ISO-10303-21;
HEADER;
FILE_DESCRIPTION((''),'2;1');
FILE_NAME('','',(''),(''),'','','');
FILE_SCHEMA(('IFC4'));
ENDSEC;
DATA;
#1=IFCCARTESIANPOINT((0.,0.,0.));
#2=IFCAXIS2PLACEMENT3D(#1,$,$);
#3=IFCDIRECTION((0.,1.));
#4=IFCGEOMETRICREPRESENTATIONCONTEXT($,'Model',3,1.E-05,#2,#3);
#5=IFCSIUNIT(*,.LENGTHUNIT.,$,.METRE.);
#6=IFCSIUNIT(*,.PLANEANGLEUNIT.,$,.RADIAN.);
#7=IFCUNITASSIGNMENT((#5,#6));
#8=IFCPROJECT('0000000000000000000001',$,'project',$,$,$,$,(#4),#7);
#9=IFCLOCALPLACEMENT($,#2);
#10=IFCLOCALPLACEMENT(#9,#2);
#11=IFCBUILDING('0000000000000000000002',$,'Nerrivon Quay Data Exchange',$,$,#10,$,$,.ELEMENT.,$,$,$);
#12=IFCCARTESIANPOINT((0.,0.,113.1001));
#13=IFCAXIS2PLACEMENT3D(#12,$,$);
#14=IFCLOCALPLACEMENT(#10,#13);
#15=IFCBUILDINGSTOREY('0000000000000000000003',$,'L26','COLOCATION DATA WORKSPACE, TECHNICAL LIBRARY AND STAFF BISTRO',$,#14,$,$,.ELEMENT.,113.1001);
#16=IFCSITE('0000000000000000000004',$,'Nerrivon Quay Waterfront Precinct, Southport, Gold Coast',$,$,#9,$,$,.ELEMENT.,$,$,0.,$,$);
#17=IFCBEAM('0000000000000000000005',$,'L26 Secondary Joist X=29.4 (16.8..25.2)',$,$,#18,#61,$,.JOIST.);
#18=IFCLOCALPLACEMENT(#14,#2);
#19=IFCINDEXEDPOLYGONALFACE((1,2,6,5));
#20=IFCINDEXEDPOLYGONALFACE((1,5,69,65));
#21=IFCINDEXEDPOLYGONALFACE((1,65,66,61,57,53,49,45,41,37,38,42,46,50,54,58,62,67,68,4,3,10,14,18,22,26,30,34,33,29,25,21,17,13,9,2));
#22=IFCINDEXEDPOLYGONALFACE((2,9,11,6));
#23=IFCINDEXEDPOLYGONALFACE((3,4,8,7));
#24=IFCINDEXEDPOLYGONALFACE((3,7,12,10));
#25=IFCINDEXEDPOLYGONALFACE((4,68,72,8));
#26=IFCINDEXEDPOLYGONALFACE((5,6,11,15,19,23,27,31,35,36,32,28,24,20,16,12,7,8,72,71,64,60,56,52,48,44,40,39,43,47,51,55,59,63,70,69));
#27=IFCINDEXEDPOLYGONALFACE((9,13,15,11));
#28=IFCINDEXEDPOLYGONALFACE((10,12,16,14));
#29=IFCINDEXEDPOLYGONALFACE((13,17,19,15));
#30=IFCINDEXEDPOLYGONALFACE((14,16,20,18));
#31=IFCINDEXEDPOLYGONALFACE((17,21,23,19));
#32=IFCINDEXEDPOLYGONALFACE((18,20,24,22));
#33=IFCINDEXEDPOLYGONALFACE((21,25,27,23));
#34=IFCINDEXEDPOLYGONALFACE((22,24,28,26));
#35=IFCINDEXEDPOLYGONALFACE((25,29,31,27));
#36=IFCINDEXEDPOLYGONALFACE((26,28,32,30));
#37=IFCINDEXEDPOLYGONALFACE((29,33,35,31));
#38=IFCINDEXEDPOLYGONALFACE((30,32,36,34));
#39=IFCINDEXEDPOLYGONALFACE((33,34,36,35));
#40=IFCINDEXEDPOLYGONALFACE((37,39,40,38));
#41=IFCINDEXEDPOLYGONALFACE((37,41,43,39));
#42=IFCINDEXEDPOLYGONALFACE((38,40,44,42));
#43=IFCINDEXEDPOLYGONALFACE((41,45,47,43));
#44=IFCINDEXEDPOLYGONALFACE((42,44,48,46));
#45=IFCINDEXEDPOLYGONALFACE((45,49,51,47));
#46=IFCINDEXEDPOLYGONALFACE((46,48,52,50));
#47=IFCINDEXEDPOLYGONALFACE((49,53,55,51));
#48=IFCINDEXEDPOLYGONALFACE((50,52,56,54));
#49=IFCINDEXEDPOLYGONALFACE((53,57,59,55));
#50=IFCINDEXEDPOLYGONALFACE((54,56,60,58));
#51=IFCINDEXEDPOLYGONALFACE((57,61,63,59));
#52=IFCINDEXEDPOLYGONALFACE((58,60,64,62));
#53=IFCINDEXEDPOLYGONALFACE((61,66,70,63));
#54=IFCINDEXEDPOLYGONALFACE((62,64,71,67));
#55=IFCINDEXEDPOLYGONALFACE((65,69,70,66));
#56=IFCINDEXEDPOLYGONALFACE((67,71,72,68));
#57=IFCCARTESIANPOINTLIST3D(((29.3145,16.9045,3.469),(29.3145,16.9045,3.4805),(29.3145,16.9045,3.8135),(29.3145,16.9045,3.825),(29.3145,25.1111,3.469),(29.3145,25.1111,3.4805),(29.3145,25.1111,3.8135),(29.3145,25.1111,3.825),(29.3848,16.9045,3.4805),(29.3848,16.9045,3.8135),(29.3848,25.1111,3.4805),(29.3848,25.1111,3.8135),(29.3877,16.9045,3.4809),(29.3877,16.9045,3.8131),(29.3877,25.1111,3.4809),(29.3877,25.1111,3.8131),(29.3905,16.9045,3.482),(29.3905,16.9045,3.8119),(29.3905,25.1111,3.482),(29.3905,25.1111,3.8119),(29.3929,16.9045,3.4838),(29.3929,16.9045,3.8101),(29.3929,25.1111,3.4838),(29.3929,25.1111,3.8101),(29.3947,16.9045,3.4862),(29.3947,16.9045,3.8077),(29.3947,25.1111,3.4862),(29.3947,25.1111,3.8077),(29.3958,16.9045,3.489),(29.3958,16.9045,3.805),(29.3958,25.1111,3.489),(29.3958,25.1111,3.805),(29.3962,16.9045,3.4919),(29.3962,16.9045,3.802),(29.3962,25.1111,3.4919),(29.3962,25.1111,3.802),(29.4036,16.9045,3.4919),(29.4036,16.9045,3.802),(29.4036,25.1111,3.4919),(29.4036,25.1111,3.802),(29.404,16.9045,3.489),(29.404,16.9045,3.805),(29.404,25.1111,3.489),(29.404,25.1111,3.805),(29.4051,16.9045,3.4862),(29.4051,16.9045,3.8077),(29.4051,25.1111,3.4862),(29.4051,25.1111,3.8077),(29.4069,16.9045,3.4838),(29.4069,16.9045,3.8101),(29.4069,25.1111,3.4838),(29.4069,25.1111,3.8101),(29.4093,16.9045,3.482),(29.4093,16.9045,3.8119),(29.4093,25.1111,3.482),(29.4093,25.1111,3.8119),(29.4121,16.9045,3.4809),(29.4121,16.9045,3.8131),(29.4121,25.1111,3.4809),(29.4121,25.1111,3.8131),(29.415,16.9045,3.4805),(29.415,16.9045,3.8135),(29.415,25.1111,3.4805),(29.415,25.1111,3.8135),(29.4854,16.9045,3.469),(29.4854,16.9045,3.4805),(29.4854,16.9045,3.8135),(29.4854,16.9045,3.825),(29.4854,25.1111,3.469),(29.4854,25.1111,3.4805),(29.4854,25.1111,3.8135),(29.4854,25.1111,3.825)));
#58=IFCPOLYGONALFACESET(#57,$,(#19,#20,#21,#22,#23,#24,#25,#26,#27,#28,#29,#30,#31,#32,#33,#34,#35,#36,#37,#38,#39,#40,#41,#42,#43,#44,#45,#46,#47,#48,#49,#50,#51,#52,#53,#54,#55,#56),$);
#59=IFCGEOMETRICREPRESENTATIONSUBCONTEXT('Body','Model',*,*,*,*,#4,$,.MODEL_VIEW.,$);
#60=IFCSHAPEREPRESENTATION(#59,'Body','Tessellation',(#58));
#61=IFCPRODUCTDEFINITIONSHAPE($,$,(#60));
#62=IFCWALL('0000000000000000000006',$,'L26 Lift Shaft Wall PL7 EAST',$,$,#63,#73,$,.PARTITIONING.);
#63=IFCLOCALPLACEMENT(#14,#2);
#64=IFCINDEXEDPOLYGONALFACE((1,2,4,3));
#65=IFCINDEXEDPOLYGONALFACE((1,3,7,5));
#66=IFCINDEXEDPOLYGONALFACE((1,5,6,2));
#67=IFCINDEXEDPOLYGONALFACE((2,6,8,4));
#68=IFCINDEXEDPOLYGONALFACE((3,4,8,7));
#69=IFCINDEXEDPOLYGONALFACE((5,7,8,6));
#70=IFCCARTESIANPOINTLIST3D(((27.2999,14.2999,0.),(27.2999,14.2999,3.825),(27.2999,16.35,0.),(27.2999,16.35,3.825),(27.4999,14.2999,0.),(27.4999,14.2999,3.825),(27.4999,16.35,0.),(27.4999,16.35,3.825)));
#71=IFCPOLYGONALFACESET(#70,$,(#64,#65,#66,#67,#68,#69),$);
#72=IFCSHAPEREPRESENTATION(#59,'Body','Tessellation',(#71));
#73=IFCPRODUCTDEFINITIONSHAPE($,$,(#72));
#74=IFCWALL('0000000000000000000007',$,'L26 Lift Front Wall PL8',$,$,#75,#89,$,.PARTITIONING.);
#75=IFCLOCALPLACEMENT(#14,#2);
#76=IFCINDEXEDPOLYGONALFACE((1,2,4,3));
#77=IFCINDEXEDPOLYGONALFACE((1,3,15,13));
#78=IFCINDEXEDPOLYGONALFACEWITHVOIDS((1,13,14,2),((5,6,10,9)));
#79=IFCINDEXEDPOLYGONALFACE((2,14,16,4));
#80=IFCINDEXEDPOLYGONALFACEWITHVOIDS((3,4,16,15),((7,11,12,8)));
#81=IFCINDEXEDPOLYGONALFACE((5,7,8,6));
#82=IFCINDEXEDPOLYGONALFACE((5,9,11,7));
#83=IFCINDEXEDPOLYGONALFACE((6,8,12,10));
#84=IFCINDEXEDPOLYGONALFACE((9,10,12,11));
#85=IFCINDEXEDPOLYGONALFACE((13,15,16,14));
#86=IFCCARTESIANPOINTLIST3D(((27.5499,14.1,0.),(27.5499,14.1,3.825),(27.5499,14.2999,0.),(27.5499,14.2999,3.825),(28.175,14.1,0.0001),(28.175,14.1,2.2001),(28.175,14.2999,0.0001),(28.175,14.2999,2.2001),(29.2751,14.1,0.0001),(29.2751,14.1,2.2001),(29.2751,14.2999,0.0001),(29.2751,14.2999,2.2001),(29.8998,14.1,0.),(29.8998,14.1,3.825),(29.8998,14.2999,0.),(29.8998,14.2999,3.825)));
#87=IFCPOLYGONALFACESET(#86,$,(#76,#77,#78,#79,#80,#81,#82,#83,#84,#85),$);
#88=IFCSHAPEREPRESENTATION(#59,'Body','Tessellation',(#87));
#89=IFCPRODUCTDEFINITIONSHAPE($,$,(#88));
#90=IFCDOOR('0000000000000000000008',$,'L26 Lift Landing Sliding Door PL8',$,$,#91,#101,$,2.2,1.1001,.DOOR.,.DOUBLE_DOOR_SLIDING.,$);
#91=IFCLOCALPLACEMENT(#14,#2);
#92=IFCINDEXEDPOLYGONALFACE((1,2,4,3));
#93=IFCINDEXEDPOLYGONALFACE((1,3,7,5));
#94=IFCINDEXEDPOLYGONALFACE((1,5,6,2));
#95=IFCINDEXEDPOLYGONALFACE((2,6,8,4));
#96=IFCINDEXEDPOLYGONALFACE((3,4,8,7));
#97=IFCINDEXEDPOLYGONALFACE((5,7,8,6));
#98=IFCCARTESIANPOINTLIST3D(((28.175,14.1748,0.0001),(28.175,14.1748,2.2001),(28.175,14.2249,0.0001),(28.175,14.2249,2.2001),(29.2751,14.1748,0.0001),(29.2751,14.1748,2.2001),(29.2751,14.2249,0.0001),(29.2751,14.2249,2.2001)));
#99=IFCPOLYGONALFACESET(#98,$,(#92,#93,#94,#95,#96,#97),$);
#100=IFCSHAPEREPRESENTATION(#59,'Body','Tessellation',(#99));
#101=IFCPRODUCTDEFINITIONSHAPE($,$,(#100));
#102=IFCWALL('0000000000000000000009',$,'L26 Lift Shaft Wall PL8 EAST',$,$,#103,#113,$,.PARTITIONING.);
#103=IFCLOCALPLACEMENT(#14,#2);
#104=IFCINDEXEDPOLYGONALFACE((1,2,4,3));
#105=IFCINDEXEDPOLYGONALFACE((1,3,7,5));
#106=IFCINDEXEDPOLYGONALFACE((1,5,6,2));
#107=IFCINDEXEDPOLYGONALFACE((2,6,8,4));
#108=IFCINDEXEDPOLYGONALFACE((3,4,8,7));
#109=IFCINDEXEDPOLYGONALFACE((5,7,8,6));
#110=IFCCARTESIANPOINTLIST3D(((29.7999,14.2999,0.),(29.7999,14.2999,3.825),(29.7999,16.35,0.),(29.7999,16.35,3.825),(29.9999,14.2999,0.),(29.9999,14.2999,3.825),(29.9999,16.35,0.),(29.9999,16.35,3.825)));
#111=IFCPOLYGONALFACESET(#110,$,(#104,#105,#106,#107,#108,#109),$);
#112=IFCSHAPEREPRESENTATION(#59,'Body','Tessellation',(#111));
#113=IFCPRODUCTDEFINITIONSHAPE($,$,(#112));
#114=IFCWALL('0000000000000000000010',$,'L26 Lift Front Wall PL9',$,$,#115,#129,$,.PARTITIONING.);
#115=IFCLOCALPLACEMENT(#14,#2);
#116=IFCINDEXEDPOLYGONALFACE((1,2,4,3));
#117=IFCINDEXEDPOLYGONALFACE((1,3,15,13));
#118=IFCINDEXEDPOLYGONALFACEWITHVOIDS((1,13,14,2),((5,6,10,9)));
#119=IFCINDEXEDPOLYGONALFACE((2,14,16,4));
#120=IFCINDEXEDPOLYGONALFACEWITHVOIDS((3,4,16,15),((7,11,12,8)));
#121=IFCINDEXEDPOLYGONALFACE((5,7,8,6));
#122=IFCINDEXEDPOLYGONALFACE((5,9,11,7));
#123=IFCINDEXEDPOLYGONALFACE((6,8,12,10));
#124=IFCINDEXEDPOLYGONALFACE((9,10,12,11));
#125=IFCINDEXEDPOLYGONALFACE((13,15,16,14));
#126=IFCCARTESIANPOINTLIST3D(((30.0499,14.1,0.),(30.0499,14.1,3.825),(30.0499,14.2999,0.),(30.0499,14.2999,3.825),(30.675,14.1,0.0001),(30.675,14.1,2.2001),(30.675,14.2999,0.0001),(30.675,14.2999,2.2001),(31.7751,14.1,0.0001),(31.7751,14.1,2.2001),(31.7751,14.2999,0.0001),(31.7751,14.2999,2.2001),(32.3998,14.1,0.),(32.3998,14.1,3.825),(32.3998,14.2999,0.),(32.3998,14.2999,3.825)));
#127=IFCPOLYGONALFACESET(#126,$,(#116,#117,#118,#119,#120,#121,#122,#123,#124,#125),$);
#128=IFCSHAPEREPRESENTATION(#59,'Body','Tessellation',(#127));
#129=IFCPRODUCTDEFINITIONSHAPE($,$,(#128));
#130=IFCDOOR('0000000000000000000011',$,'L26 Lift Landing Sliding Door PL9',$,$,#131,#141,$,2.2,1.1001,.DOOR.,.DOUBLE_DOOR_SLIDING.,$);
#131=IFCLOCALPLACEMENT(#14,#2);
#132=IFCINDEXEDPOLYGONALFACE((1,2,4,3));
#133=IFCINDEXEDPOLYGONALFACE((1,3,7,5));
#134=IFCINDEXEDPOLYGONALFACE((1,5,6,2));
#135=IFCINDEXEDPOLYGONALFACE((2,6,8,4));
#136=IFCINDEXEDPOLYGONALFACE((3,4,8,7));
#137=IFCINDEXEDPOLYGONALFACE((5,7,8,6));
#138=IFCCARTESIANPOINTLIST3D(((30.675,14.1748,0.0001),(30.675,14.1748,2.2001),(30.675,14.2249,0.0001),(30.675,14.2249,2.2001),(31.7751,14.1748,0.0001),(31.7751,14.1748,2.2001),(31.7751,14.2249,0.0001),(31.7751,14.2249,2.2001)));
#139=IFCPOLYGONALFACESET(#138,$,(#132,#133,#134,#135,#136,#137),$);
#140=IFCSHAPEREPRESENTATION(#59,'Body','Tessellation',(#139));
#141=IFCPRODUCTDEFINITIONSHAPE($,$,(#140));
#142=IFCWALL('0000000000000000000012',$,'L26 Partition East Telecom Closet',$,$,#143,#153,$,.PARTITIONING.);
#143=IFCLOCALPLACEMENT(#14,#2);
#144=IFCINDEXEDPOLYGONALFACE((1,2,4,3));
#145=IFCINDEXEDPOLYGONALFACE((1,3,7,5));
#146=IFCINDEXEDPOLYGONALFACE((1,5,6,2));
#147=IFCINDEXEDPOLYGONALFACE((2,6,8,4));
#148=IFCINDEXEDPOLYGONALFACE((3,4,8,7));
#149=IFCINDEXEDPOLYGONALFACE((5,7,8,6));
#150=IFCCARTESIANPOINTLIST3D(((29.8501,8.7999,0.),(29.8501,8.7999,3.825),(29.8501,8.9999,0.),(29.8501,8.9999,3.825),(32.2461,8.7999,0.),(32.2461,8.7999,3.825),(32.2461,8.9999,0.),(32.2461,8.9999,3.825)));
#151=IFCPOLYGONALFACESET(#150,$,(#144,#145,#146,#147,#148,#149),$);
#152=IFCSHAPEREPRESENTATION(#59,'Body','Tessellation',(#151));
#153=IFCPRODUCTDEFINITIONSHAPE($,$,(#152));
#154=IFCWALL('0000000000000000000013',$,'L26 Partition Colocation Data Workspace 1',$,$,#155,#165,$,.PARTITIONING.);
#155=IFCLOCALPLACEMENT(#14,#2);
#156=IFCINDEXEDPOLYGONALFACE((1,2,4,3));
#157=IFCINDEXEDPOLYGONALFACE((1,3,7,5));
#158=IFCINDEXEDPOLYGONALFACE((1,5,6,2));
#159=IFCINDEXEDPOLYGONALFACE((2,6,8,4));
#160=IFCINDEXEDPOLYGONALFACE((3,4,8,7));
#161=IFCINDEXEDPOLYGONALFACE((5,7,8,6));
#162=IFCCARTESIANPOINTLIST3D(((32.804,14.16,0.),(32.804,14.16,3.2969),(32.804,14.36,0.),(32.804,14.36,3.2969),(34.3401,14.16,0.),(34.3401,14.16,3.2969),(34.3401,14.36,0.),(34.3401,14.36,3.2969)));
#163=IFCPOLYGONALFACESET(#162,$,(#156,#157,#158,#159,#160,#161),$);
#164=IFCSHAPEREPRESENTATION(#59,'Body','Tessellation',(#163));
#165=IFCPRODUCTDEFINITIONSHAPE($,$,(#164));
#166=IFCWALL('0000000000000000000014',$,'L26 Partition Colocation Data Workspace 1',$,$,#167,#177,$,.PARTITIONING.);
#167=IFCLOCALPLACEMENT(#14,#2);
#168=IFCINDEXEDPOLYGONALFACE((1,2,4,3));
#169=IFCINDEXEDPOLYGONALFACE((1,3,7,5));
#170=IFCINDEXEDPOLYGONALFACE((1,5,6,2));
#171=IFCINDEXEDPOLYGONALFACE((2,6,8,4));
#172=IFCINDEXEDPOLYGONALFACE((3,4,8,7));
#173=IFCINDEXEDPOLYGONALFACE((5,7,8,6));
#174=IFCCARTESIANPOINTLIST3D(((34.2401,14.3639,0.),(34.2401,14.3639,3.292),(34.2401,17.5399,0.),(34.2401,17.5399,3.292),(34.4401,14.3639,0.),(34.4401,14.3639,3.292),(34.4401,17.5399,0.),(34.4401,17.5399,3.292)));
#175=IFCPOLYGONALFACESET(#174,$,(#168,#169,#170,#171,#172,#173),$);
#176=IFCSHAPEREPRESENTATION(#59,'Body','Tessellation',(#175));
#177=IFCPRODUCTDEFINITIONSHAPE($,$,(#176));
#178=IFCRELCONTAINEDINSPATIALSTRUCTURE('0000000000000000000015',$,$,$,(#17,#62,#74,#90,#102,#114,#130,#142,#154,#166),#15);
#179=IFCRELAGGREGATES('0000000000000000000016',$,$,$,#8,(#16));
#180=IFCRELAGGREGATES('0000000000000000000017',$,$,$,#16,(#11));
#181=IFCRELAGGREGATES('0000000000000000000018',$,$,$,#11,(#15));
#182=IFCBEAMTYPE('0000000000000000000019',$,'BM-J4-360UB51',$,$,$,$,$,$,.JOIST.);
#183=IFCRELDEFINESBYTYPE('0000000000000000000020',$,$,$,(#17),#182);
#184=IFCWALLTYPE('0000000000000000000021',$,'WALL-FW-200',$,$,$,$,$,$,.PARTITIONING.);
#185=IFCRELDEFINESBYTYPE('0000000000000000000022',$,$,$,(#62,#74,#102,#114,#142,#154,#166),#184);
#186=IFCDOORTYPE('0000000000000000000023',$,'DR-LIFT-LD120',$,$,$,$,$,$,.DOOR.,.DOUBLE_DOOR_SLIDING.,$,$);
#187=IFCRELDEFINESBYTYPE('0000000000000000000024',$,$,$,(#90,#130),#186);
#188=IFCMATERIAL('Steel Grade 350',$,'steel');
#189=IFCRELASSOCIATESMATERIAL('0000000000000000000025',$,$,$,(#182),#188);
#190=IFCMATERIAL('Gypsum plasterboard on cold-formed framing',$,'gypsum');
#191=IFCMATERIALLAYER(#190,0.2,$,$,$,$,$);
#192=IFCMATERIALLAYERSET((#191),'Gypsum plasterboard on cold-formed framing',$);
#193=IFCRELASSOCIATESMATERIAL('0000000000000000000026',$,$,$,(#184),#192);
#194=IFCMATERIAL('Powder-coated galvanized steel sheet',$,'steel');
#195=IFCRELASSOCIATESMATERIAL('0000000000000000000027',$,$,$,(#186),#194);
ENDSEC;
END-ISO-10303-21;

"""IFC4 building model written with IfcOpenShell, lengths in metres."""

from ifc_helpers import new_model, si_unit, direction, frame, frame_2d, origin, origin_2d, place, context, subcontext, project, spatial, rectangle, i_section, extrude, material, layer, layer_set, material_profile, profile_set, type_object, element, fill, save


model = new_model("IFC4")

# Units and contexts
model_context = context("Model", 3, precision=1e-05, world=origin(), true_north=direction((0.0, 1.0)))
body_context = subcontext(model_context, "Body", "Model", "MODEL_VIEW")
ifc_project = project(units=[si_unit("LENGTHUNIT", "METRE"), si_unit("PLANEANGLEUNIT", "RADIAN")], contexts=[model_context])

# Site, building, storey
site_placement = place(None, origin())
site = spatial("IfcSite", under=ifc_project, at=site_placement, Name="Nerrivon Quay Waterfront Precinct, Southport, Gold Coast", CompositionType="ELEMENT", RefElevation=0.0)
building_placement = place(site_placement, origin())
building = spatial("IfcBuilding", under=site, at=building_placement, Name="Nerrivon Quay Data Exchange", CompositionType="ELEMENT")
storey_placement = place(building_placement, frame((0.0, 0.0, 113.1001)))
storey = spatial("IfcBuildingStorey", under=building, at=storey_placement, Name="L26", Description="COLOCATION DATA WORKSPACE, TECHNICAL LIBRARY AND STAFF BISTRO", CompositionType="ELEMENT", Elevation=113.1001)

# Beam
ifc_material_1 = material(Name="Steel Grade 350", Category="steel")
ifc_material_profile_1 = material_profile(ifc_material_1, i_section(OverallWidth=0.1709, OverallDepth=0.356, WebThickness=0.0073, FlangeThickness=0.0115, FilletRadius=0.0115, at=origin_2d()), Name="360UB50.7")
ifc_profile_set_1 = profile_set([ifc_material_profile_1], Name="Steel Grade 350")
beam_type_1 = type_object("IfcBeamType", Name="BM-J4-360UB51", PredefinedType="JOIST", material=ifc_profile_set_1)
beam_1_placement = place(storey_placement, frame((29.3999, 16.9045, 3.647), z_axis=(0.0, 1.0, 0.0), x_axis=(-1.0, 0.0, 0.0)))
element("IfcBeam", 1, at=beam_1_placement, inside=storey, type_object=beam_type_1, Name="L26 Secondary Joist X=29.4 (16.8..25.2)", PredefinedType="JOIST", context=body_context, shape_type="SweptSolid", body=[
    extrude(i_section(OverallWidth=0.1709, OverallDepth=0.356, WebThickness=0.0073, FlangeThickness=0.0115, FilletRadius=0.0115, at=origin_2d()), origin(), (0.0, 0.0, 1.0), 8.2065),
])

# Shared definitions
ifc_material_2 = material(Name="Powder-coated galvanized steel sheet", Category="steel")

# Wall
ifc_material_3 = material(Name="Gypsum plasterboard on cold-formed framing", Category="gypsum")
ifc_layer_1 = layer(ifc_material_3, 0.2)
ifc_layer_set_1 = layer_set([ifc_layer_1], Name="Gypsum plasterboard on cold-formed framing")
wall_type_1 = type_object("IfcWallType", Name="WALL-FW-200", PredefinedType="PARTITIONING", material=ifc_layer_set_1)
wall_1_placement = place(storey_placement, frame((27.3999, 14.3, 0.0), z_axis=(0.0, 0.0, 1.0), x_axis=(0.0, 1.0, 0.0)))
element("IfcWall", 2, at=wall_1_placement, inside=storey, type_object=wall_type_1, Name="L26 Lift Shaft Wall PL7 EAST", PredefinedType="PARTITIONING", context=body_context, shape_type="SweptSolid", body=[
    extrude(rectangle(XDim=2.05, YDim=0.2, at=frame_2d((1.0249, 0.0))), origin(), (0.0, 0.0, 1.0), 3.825),
])

# Wall, opening, door
wall_2_placement = place(storey_placement, frame((27.55, 14.2, 0.0), z_axis=(0.0, 0.0, 1.0), x_axis=(1.0, 0.0, 0.0)))
wall_2 = element("IfcWall", 3, at=wall_2_placement, inside=storey, type_object=wall_type_1, Name="L26 Lift Front Wall PL8", PredefinedType="PARTITIONING", context=body_context, shape_type="SweptSolid", body=[
    extrude(rectangle(XDim=2.3499, YDim=0.2, at=frame_2d((1.1748, 0.0))), origin(), (0.0, 0.0, 1.0), 3.825),
])
opening_1_placement = place(wall_2_placement, frame((0.625, 0.0, 0.0)))
opening_1 = element("IfcOpeningElement", 4, at=opening_1_placement, cuts=wall_2, PredefinedType="OPENING", context=body_context, shape_type="SweptSolid", body=[
    extrude(rectangle(XDim=1.1001, YDim=2.2, at=frame_2d((0.55, 1.1001))), frame((0.0, 0.1099, 0.0), z_axis=(0.0, -1.0, 0.0), x_axis=(1.0, 0.0, 0.0)), (0.0, 0.0, 1.0), 0.22),
])
door_type_1 = type_object("IfcDoorType", Name="DR-LIFT-LD120", OperationType="DOUBLE_DOOR_SLIDING", PredefinedType="DOOR", material=ifc_material_2)
door_1_placement = place(opening_1_placement, origin())
door_1 = element("IfcDoor", 5, at=door_1_placement, inside=storey, type_object=door_type_1, Name="L26 Lift Landing Sliding Door PL8", OperationType="DOUBLE_DOOR_SLIDING", OverallHeight=2.2, OverallWidth=1.1001, PredefinedType="DOOR", context=body_context, shape_type="SweptSolid", body=[
    extrude(rectangle(XDim=1.1001, YDim=2.2, at=frame_2d((0.55, 1.1001))), frame((0.0, 0.0249, 0.0), z_axis=(0.0, -1.0, 0.0), x_axis=(1.0, 0.0, 0.0)), (0.0, 0.0, 1.0), 0.05),
])
fill(opening_1, door_1)

# Wall
wall_3_placement = place(storey_placement, frame((29.8999, 14.3, 0.0), z_axis=(0.0, 0.0, 1.0), x_axis=(0.0, 1.0, 0.0)))
element("IfcWall", 6, at=wall_3_placement, inside=storey, type_object=wall_type_1, Name="L26 Lift Shaft Wall PL8 EAST", PredefinedType="PARTITIONING", context=body_context, shape_type="SweptSolid", body=[
    extrude(rectangle(XDim=2.05, YDim=0.2, at=frame_2d((1.0249, 0.0))), origin(), (0.0, 0.0, 1.0), 3.825),
])

# Wall, opening, door
wall_4_placement = place(storey_placement, frame((30.05, 14.2, 0.0), z_axis=(0.0, 0.0, 1.0), x_axis=(1.0, 0.0, 0.0)))
wall_4 = element("IfcWall", 7, at=wall_4_placement, inside=storey, type_object=wall_type_1, Name="L26 Lift Front Wall PL9", PredefinedType="PARTITIONING", context=body_context, shape_type="SweptSolid", body=[
    extrude(rectangle(XDim=2.3499, YDim=0.2, at=frame_2d((1.1748, 0.0))), origin(), (0.0, 0.0, 1.0), 3.825),
])
opening_2_placement = place(wall_4_placement, frame((0.625, 0.0, 0.0)))
opening_2 = element("IfcOpeningElement", 8, at=opening_2_placement, cuts=wall_4, PredefinedType="OPENING", context=body_context, shape_type="SweptSolid", body=[
    extrude(rectangle(XDim=1.1001, YDim=2.2, at=frame_2d((0.55, 1.1001))), frame((0.0, 0.1099, 0.0), z_axis=(0.0, -1.0, 0.0), x_axis=(1.0, 0.0, 0.0)), (0.0, 0.0, 1.0), 0.22),
])
door_2_placement = place(opening_2_placement, origin())
door_2 = element("IfcDoor", 9, at=door_2_placement, inside=storey, type_object=door_type_1, Name="L26 Lift Landing Sliding Door PL9", OperationType="DOUBLE_DOOR_SLIDING", OverallHeight=2.2, OverallWidth=1.1001, PredefinedType="DOOR", context=body_context, shape_type="SweptSolid", body=[
    extrude(rectangle(XDim=1.1001, YDim=2.2, at=frame_2d((0.55, 1.1001))), frame((0.0, 0.0249, 0.0), z_axis=(0.0, -1.0, 0.0), x_axis=(1.0, 0.0, 0.0)), (0.0, 0.0, 1.0), 0.05),
])
fill(opening_2, door_2)

# Walls
wall_5_placement = place(storey_placement, frame((29.8501, 8.8999, 0.0), z_axis=(0.0, 0.0, 1.0), x_axis=(1.0, 0.0, 0.0)))
element("IfcWall", 10, at=wall_5_placement, inside=storey, type_object=wall_type_1, Name="L26 Partition East Telecom Closet", PredefinedType="PARTITIONING", context=body_context, shape_type="SweptSolid", body=[
    extrude(rectangle(XDim=2.396, YDim=0.2, at=frame_2d((1.198, 0.0))), origin(), (0.0, 0.0, 1.0), 3.825),
])
wall_6_placement = place(storey_placement, frame((32.804, 14.26, 0.0), z_axis=(0.0, 0.0, 1.0), x_axis=(1.0, 0.0, 0.0)))
element("IfcWall", 11, at=wall_6_placement, inside=storey, type_object=wall_type_1, Name="L26 Partition Colocation Data Workspace 1", PredefinedType="PARTITIONING", context=body_context, shape_type="SweptSolid", body=[
    extrude(rectangle(XDim=1.5361, YDim=0.2, at=frame_2d((0.7681, 0.0))), origin(), (0.0, 0.0, 1.0), 3.2969),
])
wall_7_placement = place(storey_placement, frame((34.3401, 14.364, 0.0), z_axis=(0.0, 0.0, 1.0), x_axis=(0.0, 1.0, 0.0)))
element("IfcWall", 12, at=wall_7_placement, inside=storey, type_object=wall_type_1, Name="L26 Partition Colocation Data Workspace 1", PredefinedType="PARTITIONING", context=body_context, shape_type="SweptSolid", body=[
    extrude(rectangle(XDim=3.176, YDim=0.2, at=frame_2d((1.5879, 0.0))), origin(), (0.0, 0.0, 1.0), 3.292),
])

save(model, "model.ifc")
